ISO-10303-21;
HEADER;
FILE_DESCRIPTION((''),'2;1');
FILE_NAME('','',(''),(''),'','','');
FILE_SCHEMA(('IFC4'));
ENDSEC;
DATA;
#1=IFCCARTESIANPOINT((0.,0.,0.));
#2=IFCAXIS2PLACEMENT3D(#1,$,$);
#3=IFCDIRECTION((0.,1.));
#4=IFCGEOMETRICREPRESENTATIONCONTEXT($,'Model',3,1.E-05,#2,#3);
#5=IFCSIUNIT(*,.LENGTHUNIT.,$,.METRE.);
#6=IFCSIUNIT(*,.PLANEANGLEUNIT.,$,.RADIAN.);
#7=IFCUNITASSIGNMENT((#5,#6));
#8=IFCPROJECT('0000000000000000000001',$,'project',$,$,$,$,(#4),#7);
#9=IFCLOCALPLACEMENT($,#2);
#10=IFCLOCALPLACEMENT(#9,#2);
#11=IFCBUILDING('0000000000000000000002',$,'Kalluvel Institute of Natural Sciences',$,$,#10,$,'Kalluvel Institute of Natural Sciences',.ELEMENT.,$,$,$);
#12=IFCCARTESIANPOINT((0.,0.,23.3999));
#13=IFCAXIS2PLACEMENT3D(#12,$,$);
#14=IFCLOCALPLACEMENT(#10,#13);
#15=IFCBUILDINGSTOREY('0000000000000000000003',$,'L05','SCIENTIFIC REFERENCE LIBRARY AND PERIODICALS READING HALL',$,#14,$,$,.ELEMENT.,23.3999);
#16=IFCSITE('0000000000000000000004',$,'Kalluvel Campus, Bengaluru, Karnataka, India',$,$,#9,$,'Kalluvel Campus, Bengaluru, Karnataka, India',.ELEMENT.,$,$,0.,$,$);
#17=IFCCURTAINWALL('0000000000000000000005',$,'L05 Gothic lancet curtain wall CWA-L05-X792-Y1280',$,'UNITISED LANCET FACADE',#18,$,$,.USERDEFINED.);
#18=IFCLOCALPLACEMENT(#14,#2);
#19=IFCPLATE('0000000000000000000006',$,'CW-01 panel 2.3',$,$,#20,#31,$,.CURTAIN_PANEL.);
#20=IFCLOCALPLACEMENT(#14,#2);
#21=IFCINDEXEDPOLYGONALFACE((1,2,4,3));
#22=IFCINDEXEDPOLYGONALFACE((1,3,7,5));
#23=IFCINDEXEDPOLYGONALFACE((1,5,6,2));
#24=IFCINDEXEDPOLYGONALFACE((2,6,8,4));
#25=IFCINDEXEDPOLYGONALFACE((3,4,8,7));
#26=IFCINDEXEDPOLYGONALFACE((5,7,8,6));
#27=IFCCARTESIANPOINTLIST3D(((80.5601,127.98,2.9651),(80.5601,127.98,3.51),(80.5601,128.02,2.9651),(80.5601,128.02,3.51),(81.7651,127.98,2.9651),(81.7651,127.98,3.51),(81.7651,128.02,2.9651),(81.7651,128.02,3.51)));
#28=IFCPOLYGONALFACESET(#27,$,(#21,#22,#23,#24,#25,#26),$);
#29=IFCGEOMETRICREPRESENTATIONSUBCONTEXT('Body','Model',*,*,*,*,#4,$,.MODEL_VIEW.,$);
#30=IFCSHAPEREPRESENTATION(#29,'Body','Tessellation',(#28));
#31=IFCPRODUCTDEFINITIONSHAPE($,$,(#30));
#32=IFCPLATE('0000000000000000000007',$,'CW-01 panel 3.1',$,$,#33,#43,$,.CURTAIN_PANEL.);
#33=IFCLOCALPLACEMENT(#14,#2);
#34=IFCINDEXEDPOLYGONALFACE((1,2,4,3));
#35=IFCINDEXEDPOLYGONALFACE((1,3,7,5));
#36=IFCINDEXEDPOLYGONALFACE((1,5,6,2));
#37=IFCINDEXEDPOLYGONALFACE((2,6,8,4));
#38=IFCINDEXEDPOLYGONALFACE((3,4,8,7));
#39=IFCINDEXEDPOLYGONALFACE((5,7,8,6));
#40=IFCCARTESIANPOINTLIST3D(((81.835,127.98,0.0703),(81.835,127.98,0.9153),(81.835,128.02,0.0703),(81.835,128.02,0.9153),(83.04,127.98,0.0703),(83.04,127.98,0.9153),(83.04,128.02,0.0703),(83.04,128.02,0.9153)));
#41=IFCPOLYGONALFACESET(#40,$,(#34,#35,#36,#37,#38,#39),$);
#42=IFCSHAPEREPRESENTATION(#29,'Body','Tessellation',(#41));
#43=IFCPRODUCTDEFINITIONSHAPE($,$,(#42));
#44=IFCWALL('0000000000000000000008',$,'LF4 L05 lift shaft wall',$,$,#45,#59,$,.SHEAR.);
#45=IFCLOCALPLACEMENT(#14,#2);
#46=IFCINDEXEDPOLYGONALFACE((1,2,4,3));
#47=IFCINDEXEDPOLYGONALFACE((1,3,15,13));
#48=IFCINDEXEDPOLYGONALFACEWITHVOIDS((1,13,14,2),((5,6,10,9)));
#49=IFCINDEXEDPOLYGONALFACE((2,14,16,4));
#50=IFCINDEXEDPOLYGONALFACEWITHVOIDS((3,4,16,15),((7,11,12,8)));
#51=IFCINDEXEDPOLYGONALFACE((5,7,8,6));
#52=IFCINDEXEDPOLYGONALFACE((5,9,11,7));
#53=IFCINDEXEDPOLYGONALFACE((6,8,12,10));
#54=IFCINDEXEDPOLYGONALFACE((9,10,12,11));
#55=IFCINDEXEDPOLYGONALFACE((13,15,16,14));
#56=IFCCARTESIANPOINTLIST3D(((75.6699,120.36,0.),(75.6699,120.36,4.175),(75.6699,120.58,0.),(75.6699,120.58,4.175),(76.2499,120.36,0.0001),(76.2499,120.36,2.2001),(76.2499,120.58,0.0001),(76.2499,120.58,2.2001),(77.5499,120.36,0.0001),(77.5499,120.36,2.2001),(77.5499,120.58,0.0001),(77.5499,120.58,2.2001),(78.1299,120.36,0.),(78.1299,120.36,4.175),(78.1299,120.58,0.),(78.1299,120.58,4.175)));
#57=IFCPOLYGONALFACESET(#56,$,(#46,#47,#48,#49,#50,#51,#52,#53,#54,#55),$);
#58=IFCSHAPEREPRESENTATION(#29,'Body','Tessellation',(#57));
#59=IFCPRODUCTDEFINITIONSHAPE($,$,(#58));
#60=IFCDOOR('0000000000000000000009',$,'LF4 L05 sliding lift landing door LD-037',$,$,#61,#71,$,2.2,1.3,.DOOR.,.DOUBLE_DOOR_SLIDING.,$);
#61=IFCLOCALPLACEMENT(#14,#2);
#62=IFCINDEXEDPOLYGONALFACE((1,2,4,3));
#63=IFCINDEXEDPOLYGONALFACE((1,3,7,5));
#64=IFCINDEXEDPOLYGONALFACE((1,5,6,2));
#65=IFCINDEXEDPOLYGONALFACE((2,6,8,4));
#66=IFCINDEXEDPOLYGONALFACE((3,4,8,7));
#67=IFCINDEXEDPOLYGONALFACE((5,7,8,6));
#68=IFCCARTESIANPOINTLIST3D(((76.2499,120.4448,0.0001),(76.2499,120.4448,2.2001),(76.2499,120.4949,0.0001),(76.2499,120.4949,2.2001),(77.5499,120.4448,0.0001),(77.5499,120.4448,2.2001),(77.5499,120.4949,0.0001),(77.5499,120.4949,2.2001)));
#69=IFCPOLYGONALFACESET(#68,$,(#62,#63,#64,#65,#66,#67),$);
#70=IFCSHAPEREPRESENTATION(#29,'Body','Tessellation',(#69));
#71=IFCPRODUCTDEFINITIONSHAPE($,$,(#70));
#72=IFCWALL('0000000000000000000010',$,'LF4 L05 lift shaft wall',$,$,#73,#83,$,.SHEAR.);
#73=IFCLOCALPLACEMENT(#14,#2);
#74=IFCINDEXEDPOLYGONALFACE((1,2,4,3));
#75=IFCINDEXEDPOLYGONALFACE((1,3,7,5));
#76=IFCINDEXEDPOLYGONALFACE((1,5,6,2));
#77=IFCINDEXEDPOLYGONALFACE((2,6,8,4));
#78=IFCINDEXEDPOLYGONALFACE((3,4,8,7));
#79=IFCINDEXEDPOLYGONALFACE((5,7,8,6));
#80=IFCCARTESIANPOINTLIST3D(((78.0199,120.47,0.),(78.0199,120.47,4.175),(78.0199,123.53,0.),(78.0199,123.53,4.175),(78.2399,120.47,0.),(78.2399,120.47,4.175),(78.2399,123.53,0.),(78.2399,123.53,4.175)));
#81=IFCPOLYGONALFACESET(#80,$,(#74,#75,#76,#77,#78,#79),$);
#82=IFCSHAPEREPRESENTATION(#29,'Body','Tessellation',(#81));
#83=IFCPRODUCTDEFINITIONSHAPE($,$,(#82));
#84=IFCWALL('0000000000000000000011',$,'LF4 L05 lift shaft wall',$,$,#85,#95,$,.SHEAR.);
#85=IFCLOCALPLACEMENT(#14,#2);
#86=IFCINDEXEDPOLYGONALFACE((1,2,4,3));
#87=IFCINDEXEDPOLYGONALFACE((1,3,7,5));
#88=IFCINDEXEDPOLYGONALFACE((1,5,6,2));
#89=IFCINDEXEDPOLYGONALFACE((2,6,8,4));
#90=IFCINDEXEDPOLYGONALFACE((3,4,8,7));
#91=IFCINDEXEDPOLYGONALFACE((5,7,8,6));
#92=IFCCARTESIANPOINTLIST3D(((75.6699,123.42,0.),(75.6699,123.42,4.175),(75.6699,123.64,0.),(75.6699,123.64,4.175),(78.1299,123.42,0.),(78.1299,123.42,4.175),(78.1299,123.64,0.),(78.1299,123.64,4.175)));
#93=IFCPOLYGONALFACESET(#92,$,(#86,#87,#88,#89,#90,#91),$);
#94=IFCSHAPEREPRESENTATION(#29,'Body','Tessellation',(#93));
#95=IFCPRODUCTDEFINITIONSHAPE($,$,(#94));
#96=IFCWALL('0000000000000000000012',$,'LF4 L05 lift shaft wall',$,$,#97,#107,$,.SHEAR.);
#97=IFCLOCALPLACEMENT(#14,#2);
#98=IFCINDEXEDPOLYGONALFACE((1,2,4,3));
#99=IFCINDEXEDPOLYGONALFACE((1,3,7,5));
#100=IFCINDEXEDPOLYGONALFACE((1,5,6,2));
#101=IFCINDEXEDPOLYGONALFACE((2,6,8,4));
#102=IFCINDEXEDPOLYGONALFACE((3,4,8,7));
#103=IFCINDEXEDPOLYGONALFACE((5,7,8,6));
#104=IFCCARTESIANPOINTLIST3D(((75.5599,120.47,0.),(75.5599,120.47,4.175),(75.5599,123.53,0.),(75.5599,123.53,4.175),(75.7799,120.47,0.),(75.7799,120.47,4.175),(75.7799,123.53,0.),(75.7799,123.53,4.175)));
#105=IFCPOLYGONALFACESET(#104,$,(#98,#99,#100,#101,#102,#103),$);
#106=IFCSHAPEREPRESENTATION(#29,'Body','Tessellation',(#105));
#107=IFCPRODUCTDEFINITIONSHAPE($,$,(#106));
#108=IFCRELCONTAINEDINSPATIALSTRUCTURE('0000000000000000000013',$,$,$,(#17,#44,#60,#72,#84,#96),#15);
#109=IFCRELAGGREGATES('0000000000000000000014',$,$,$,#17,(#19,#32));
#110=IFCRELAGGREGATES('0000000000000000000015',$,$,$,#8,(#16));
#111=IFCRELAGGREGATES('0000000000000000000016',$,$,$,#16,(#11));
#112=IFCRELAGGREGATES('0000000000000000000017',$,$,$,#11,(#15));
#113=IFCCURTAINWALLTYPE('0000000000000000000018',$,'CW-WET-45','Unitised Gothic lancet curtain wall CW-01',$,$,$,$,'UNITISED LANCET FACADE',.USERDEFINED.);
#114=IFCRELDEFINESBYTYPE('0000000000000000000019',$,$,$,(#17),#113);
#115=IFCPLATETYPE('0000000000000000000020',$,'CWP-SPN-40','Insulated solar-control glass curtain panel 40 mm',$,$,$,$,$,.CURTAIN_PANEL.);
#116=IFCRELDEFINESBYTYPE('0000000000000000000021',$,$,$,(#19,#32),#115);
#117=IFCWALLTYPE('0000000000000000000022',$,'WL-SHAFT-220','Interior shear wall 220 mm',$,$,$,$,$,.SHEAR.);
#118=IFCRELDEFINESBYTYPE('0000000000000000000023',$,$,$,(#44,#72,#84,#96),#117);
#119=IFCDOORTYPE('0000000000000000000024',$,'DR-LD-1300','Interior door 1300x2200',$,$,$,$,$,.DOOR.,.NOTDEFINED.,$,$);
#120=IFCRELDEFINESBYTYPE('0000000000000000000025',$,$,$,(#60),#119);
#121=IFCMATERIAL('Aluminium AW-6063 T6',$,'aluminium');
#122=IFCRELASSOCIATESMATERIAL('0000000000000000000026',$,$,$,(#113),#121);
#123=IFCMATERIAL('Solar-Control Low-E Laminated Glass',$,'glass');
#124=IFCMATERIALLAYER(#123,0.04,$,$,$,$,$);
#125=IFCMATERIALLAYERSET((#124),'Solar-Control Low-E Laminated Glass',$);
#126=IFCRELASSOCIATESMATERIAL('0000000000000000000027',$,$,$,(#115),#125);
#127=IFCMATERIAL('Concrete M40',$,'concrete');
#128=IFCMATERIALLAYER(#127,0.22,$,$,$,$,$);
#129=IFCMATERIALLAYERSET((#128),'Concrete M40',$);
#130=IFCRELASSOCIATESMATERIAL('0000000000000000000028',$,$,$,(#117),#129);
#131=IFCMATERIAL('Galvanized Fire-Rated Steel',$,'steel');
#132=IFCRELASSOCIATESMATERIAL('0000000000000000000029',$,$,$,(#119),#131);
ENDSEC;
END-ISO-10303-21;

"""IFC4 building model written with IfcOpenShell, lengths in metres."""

from ifc_helpers import new_model, si_unit, direction, frame, frame_2d, origin, origin_2d, place, context, subcontext, project, spatial, rectangle, extrude, material, layer, layer_set, type_object, element, fill, aggregate, save


model = new_model("IFC4")

# Units and contexts
model_context = context("Model", 3, precision=1e-05, world=origin(), true_north=direction((0.0, 1.0)))
body_context = subcontext(model_context, "Body", "Model", "MODEL_VIEW")
ifc_project = project(units=[si_unit("LENGTHUNIT", "METRE"), si_unit("PLANEANGLEUNIT", "RADIAN")], contexts=[model_context])

# Site, building, storey
site_placement = place(None, origin())
site = spatial("IfcSite", under=ifc_project, at=site_placement, Name="Kalluvel Campus, Bengaluru, Karnataka, India", LongName="Kalluvel Campus, Bengaluru, Karnataka, India", CompositionType="ELEMENT", RefElevation=0.0)
building_placement = place(site_placement, origin())
building = spatial("IfcBuilding", under=site, at=building_placement, Name="Kalluvel Institute of Natural Sciences", LongName="Kalluvel Institute of Natural Sciences", CompositionType="ELEMENT")
storey_placement = place(building_placement, frame((0.0, 0.0, 23.3999)))
storey = spatial("IfcBuildingStorey", under=building, at=storey_placement, Name="L05", Description="SCIENTIFIC REFERENCE LIBRARY AND PERIODICALS READING HALL", CompositionType="ELEMENT", Elevation=23.3999)

# Curtain wall
ifc_material_1 = material(Name="Aluminium AW-6063 T6", Category="aluminium")
curtain_wall_type = type_object("IfcCurtainWallType", Name="CW-WET-45", Description="Unitised Gothic lancet curtain wall CW-01", ElementType="UNITISED LANCET FACADE", PredefinedType="USERDEFINED", material=ifc_material_1)
curtain_wall_placement = place(storey_placement, origin())
curtain_wall = element("IfcCurtainWall", 1, at=curtain_wall_placement, inside=storey, type_object=curtain_wall_type, Name="L05 Gothic lancet curtain wall CWA-L05-X792-Y1280", ObjectType="UNITISED LANCET FACADE", PredefinedType="USERDEFINED")

# Shared definitions
ifc_material_2 = material(Name="Concrete M40", Category="concrete")

# Plates
ifc_material_3 = material(Name="Solar-Control Low-E Laminated Glass", Category="glass")
ifc_layer_1 = layer(ifc_material_3, 0.04)
ifc_layer_set_1 = layer_set([ifc_layer_1], Name="Solar-Control Low-E Laminated Glass")
plate_type = type_object("IfcPlateType", Name="CWP-SPN-40", Description="Insulated solar-control glass curtain panel 40 mm", PredefinedType="CURTAIN_PANEL", material=ifc_layer_set_1)
plate_1_placement = place(storey_placement, frame((81.1626, 128.0, 2.9651), z_axis=(0.0, 0.0, 1.0), x_axis=(1.0, 0.0, 0.0)))
plate_1 = element("IfcPlate", 2, at=plate_1_placement, type_object=plate_type, Name="CW-01 panel 2.3", PredefinedType="CURTAIN_PANEL", context=body_context, shape_type="SweptSolid", body=[
    extrude(rectangle(XDim=1.2051, YDim=0.04, at=origin_2d()), origin(), (0.0, 0.0, 1.0), 0.5449),
])
plate_2_placement = place(storey_placement, frame((82.4375, 128.0, 0.0703), z_axis=(0.0, 0.0, 1.0), x_axis=(1.0, 0.0, 0.0)))
plate_2 = element("IfcPlate", 3, at=plate_2_placement, type_object=plate_type, Name="CW-01 panel 3.1", PredefinedType="CURTAIN_PANEL", context=body_context, shape_type="SweptSolid", body=[
    extrude(rectangle(XDim=1.2051, YDim=0.04, at=origin_2d()), origin(), (0.0, 0.0, 1.0), 0.845),
])
aggregate(curtain_wall, [plate_1, plate_2])

# Wall, opening, door
ifc_layer_2 = layer(ifc_material_2, 0.22)
ifc_layer_set_2 = layer_set([ifc_layer_2], Name="Concrete M40")
wall_type = type_object("IfcWallType", Name="WL-SHAFT-220", Description="Interior shear wall 220 mm", PredefinedType="SHEAR", material=ifc_layer_set_2)
wall_1_placement = place(storey_placement, frame((75.6699, 120.47, 0.0), z_axis=(0.0, 0.0, 1.0), x_axis=(1.0, 0.0, 0.0)))
wall_1 = element("IfcWall", 4, at=wall_1_placement, inside=storey, type_object=wall_type, Name="LF4 L05 lift shaft wall", PredefinedType="SHEAR", context=body_context, shape_type="SweptSolid", body=[
    extrude(rectangle(XDim=2.46, YDim=0.22, at=frame_2d((1.23, 0.0))), origin(), (0.0, 0.0, 1.0), 4.175),
])
opening_placement = place(wall_1_placement, frame((0.5801, 0.0, 0.0)))
opening = element("IfcOpeningElement", 5, at=opening_placement, cuts=wall_1, PredefinedType="OPENING", context=body_context, shape_type="SweptSolid", body=[
    extrude(rectangle(XDim=1.3, YDim=2.2, at=frame_2d((0.6499, 1.1001))), frame((0.0, 0.1199, 0.0), z_axis=(0.0, -1.0, 0.0), x_axis=(1.0, 0.0, 0.0)), (0.0, 0.0, 1.0), 0.24),
])
ifc_material_4 = material(Name="Galvanized Fire-Rated Steel", Category="steel")
door_type = type_object("IfcDoorType", Name="DR-LD-1300", Description="Interior door 1300x2200", OperationType="NOTDEFINED", PredefinedType="DOOR", material=ifc_material_4)
door_placement = place(opening_placement, origin())
door = element("IfcDoor", 6, at=door_placement, inside=storey, type_object=door_type, Name="LF4 L05 sliding lift landing door LD-037", OperationType="DOUBLE_DOOR_SLIDING", OverallHeight=2.2, OverallWidth=1.3, PredefinedType="DOOR", context=body_context, shape_type="SweptSolid", body=[
    extrude(rectangle(XDim=1.3, YDim=2.2, at=frame_2d((0.6499, 1.1001))), frame((0.0, 0.0249, 0.0), z_axis=(0.0, -1.0, 0.0), x_axis=(1.0, 0.0, 0.0)), (0.0, 0.0, 1.0), 0.05),
])
fill(opening, door)

# Walls
wall_2_placement = place(storey_placement, frame((78.1299, 120.47, 0.0), z_axis=(0.0, 0.0, 1.0), x_axis=(0.0, 1.0, 0.0)))
element("IfcWall", 7, at=wall_2_placement, inside=storey, type_object=wall_type, Name="LF4 L05 lift shaft wall", PredefinedType="SHEAR", context=body_context, shape_type="SweptSolid", body=[
    extrude(rectangle(XDim=3.0601, YDim=0.22, at=frame_2d((1.53, 0.0))), origin(), (0.0, 0.0, 1.0), 4.175),
])
wall_3_placement = place(storey_placement, frame((78.1299, 123.53, 0.0), z_axis=(0.0, 0.0, 1.0), x_axis=(-1.0, 0.0, 0.0)))
element("IfcWall", 8, at=wall_3_placement, inside=storey, type_object=wall_type, Name="LF4 L05 lift shaft wall", PredefinedType="SHEAR", context=body_context, shape_type="SweptSolid", body=[
    extrude(rectangle(XDim=2.46, YDim=0.22, at=frame_2d((1.23, 0.0))), origin(), (0.0, 0.0, 1.0), 4.175),
])
wall_4_placement = place(storey_placement, frame((75.6699, 123.53, 0.0), z_axis=(0.0, 0.0, 1.0), x_axis=(0.0, -1.0, 0.0)))
element("IfcWall", 9, at=wall_4_placement, inside=storey, type_object=wall_type, Name="LF4 L05 lift shaft wall", PredefinedType="SHEAR", context=body_context, shape_type="SweptSolid", body=[
    extrude(rectangle(XDim=3.0601, YDim=0.22, at=frame_2d((1.53, 0.0))), origin(), (0.0, 0.0, 1.0), 4.175),
])

save(model, "model.ifc")
